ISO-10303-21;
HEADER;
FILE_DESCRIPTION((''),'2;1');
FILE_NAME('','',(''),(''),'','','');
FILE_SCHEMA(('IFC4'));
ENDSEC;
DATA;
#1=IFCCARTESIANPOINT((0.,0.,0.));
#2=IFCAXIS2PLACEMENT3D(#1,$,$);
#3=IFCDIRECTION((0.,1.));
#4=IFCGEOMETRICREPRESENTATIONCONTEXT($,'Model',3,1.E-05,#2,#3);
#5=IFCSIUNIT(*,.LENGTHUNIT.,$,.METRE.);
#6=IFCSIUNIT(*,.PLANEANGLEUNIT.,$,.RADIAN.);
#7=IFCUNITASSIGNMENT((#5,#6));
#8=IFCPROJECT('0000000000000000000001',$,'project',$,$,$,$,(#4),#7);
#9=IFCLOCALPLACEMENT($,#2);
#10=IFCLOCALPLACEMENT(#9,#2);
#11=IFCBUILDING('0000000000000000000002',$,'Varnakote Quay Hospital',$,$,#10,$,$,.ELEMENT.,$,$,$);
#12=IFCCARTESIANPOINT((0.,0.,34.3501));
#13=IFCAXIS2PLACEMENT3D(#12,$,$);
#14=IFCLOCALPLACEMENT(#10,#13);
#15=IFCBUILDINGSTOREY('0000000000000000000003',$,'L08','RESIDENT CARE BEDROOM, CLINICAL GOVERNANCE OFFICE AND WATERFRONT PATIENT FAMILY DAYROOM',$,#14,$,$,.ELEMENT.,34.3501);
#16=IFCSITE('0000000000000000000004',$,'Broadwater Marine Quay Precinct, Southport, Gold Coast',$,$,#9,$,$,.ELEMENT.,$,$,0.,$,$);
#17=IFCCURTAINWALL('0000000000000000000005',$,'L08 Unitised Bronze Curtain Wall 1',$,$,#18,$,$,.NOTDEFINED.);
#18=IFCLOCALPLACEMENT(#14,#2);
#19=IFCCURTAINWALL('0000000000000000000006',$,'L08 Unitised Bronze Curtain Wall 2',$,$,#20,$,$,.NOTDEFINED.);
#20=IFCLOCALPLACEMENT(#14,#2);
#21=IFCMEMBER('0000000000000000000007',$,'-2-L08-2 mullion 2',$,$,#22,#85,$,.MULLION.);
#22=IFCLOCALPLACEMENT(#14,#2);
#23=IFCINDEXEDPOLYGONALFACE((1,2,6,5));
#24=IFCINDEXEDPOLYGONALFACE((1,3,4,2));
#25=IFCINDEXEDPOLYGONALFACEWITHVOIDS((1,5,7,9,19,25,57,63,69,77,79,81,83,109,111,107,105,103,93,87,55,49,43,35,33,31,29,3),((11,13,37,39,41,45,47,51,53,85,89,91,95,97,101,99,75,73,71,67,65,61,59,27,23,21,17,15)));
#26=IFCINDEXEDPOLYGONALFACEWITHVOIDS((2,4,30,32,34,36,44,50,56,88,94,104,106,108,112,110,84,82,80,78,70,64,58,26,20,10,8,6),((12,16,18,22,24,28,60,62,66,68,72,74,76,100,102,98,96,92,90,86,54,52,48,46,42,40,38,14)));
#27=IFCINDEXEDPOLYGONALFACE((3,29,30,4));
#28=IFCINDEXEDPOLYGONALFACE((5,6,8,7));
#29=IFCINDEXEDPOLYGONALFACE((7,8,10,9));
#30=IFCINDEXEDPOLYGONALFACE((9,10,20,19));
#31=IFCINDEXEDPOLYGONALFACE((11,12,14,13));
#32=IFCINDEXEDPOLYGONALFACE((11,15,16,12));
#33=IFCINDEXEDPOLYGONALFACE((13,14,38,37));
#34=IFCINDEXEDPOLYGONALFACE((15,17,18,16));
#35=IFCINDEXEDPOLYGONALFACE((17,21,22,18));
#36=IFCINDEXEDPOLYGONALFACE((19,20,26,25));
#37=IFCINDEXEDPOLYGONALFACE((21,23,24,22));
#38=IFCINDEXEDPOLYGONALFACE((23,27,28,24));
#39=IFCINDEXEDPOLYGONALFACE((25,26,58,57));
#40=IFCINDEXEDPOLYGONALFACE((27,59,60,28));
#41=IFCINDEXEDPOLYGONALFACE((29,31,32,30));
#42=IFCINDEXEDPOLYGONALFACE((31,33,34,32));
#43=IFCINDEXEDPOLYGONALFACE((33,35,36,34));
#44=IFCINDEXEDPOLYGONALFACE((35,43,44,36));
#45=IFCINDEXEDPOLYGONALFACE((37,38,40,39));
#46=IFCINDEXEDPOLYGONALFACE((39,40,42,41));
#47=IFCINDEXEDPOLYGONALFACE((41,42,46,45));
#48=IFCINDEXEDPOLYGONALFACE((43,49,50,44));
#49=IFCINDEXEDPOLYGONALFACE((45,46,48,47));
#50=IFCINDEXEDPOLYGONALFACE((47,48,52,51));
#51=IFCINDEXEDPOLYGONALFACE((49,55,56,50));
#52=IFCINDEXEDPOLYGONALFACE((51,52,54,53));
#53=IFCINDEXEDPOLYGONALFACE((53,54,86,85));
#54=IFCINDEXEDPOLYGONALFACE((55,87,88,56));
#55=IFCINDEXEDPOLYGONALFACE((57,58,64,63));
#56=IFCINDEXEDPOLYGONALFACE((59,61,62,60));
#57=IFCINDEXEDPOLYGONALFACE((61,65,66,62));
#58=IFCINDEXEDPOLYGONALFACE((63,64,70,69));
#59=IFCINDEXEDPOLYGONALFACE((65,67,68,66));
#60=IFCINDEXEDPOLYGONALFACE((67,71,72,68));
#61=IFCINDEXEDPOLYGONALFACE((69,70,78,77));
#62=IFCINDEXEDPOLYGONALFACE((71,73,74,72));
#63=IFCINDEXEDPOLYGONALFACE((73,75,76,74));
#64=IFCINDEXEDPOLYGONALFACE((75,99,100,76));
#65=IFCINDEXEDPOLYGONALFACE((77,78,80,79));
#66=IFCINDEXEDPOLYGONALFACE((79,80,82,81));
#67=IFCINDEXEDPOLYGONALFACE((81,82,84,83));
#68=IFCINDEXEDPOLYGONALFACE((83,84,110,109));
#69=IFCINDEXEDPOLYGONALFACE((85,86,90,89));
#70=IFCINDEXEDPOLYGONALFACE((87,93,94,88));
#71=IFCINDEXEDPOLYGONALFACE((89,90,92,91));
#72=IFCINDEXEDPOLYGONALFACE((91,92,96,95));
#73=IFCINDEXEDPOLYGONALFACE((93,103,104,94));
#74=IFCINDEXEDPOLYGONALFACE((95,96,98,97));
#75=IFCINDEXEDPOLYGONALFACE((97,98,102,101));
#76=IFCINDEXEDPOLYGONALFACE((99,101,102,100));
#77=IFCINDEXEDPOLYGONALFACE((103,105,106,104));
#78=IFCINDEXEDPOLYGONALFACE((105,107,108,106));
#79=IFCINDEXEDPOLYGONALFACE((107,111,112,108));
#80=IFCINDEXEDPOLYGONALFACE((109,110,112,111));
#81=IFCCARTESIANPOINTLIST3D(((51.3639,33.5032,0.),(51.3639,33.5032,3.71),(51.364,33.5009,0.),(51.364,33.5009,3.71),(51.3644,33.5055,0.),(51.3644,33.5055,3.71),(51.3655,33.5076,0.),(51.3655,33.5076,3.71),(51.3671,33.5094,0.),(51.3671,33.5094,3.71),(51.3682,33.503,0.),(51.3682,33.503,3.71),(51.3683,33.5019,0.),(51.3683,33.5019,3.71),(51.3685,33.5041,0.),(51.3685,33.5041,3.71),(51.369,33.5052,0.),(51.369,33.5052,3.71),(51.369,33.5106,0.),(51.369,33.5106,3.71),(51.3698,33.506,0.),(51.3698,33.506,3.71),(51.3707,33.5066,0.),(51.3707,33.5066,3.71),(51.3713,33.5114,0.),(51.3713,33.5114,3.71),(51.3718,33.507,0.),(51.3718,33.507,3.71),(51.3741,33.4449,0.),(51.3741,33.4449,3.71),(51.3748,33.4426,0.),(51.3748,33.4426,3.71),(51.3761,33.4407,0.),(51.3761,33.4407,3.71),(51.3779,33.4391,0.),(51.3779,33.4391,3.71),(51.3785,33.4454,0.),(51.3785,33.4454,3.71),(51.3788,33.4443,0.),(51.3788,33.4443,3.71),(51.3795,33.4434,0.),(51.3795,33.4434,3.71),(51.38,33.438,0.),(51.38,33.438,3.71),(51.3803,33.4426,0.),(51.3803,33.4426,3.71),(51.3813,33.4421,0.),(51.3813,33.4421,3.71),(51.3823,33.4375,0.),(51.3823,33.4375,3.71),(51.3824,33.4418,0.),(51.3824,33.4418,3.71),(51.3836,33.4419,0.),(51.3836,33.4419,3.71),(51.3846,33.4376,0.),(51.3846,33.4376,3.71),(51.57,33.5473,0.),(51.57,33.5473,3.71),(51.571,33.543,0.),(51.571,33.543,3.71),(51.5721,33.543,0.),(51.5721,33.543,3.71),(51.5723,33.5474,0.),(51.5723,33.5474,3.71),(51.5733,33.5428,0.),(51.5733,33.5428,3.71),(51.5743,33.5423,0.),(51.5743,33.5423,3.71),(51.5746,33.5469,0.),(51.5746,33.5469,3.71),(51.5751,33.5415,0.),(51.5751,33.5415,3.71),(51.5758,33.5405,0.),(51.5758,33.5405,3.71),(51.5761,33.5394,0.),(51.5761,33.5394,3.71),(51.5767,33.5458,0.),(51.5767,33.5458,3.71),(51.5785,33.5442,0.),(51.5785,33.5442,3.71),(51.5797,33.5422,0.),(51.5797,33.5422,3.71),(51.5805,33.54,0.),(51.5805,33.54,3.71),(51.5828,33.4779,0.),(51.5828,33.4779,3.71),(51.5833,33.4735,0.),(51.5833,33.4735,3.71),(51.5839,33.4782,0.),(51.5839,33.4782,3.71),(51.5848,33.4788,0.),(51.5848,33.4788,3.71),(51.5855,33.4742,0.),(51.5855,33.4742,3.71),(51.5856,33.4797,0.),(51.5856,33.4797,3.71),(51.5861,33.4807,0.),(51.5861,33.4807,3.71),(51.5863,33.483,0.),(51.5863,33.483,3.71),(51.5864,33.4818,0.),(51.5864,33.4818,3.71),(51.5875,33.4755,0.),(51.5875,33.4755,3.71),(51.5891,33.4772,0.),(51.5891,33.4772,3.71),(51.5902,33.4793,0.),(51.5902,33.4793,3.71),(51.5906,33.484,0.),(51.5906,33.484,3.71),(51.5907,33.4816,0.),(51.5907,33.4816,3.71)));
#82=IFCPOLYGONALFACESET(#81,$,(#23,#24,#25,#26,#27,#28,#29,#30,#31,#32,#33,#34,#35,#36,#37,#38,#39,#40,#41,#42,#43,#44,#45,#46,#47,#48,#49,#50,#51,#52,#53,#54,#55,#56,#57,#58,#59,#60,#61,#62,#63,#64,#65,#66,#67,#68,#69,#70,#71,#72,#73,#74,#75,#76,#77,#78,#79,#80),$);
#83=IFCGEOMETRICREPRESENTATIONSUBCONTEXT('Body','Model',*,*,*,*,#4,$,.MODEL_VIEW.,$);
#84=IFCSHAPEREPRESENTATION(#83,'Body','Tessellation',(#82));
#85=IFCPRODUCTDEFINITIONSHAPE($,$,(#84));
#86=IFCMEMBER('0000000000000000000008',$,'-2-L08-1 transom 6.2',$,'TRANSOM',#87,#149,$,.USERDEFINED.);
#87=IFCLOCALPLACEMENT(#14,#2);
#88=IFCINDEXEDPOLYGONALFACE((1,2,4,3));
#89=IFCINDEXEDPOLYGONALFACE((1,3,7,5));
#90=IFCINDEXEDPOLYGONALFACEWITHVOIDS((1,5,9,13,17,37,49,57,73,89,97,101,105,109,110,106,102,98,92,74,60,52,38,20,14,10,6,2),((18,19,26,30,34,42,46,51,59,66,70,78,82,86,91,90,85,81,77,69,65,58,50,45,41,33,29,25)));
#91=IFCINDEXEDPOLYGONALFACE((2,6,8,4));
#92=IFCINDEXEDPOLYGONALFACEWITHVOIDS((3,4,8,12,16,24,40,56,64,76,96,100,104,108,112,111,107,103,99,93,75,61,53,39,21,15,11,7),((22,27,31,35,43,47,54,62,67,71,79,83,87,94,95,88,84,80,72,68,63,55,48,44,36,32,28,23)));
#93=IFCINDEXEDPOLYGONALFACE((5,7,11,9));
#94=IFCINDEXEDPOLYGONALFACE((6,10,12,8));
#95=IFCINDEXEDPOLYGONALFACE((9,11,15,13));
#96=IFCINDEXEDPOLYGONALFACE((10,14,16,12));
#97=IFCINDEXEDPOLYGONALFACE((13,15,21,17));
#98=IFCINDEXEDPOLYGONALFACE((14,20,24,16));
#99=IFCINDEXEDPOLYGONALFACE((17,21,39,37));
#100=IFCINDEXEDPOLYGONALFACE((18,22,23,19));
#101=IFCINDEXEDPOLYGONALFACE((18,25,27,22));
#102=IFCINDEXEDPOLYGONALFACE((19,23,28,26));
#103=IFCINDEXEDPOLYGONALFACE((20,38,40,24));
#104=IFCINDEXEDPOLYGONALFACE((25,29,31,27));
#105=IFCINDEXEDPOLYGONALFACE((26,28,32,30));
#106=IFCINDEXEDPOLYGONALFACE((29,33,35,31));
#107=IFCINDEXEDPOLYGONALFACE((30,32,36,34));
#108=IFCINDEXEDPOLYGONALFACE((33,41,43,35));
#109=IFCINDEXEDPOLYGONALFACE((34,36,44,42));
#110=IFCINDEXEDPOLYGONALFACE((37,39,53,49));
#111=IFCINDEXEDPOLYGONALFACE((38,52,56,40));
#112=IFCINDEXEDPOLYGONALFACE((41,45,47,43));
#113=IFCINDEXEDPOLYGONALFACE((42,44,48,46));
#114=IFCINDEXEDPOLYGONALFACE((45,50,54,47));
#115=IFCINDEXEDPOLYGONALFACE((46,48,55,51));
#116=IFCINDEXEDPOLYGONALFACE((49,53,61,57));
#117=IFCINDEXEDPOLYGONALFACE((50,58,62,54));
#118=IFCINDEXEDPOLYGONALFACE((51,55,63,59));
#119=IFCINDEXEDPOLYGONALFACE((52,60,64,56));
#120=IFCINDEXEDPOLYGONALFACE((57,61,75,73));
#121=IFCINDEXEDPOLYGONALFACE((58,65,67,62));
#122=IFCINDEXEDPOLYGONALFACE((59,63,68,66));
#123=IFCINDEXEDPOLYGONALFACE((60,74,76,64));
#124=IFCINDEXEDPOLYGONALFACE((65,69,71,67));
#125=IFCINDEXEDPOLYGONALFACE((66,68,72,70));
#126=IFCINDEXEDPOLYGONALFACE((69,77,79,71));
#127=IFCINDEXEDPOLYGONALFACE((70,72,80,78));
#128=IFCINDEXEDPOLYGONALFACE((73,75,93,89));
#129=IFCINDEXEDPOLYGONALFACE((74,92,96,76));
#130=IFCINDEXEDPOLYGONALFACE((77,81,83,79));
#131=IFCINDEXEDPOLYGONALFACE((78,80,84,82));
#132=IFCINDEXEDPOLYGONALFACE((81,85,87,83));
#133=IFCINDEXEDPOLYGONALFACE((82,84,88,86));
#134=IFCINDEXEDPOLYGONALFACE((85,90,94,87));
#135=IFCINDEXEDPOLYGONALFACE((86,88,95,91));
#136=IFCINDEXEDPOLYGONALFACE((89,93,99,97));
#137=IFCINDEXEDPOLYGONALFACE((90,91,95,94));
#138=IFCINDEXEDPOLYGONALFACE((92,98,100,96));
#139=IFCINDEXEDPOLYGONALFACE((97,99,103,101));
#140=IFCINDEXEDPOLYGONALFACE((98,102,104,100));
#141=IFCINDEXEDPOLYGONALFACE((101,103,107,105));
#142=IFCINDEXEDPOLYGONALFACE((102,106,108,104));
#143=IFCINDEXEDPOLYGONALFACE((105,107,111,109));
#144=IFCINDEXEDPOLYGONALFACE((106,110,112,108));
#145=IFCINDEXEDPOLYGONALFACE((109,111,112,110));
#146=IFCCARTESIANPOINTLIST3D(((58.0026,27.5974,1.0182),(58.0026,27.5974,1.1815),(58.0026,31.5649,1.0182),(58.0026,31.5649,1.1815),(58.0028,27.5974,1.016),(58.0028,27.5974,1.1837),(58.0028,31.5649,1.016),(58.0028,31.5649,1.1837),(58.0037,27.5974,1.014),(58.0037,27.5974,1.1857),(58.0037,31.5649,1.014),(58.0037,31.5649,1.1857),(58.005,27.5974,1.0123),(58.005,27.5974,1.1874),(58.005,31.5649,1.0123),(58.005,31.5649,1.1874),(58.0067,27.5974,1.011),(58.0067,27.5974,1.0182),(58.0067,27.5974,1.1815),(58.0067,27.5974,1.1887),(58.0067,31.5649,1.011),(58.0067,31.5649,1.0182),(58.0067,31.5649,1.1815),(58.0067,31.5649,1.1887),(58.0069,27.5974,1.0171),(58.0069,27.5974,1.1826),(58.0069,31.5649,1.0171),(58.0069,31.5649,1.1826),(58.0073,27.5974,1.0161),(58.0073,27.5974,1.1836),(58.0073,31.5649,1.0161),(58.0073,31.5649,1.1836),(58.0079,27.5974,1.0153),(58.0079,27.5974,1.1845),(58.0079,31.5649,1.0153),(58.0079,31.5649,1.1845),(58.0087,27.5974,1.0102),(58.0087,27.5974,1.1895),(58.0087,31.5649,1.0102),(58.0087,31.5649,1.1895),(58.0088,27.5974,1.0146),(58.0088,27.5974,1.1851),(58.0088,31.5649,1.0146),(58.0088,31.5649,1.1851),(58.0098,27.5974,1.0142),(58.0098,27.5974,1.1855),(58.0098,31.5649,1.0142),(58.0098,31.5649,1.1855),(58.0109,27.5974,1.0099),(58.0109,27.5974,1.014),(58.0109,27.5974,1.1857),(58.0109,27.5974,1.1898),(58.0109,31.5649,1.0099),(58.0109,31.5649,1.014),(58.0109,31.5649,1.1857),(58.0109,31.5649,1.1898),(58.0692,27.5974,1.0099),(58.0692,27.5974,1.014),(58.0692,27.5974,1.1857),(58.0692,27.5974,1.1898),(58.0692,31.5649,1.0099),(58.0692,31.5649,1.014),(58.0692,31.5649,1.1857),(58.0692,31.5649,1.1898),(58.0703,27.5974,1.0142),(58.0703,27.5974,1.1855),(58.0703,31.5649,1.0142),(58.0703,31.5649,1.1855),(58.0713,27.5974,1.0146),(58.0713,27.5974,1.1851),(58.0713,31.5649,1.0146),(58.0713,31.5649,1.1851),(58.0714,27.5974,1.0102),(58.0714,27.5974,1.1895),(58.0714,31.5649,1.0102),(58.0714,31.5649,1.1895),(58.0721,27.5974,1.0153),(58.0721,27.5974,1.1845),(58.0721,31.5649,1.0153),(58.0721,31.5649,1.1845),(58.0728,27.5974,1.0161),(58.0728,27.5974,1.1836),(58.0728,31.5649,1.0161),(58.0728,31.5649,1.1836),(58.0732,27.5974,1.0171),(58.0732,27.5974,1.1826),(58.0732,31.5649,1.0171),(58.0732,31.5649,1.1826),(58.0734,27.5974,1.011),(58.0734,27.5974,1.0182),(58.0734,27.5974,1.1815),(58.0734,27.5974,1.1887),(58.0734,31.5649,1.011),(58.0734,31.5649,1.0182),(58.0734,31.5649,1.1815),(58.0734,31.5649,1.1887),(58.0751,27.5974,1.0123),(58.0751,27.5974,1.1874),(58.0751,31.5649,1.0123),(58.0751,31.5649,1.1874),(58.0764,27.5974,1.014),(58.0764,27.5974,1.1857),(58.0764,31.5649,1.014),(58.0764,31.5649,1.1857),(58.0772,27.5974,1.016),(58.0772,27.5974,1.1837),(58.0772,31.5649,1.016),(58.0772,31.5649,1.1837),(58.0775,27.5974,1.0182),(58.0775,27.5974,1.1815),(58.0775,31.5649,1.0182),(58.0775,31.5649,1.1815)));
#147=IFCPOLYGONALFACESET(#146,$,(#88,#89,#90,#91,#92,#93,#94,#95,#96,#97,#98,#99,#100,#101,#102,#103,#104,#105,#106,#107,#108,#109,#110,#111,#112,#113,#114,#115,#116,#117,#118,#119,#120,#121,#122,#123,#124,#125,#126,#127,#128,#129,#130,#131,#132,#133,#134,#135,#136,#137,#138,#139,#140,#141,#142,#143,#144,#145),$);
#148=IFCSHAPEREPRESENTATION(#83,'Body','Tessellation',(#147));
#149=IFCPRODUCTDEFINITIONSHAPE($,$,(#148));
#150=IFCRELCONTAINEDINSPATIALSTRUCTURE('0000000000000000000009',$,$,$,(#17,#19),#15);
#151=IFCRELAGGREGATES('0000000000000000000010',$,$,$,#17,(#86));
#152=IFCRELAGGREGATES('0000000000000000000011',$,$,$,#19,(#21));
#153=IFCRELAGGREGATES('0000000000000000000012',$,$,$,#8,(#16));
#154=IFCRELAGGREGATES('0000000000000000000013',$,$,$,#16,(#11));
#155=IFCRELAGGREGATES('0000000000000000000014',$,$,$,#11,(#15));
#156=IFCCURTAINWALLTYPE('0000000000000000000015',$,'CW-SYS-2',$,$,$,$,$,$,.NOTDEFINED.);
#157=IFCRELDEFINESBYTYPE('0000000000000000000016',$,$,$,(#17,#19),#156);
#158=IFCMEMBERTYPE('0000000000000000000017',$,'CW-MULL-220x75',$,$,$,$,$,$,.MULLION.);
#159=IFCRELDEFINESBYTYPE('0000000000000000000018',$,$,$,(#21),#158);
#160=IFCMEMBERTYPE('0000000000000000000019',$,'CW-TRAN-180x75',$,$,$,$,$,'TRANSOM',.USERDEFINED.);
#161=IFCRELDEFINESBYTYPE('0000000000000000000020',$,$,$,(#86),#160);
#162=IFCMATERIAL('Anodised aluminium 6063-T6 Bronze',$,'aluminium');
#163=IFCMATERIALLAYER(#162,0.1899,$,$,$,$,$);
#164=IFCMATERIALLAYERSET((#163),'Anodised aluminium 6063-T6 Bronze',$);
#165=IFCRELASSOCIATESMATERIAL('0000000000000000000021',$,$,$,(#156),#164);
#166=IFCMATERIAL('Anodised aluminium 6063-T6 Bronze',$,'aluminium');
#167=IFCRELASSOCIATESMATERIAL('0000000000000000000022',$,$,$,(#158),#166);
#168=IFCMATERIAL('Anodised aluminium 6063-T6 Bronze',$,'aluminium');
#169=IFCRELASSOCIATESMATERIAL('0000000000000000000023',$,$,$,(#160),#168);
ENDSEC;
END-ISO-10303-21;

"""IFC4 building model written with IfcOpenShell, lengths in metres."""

from ifc_helpers import new_model, si_unit, direction, frame, origin, origin_2d, place, context, subcontext, project, spatial, hollow_rectangle, extrude, material, layer, layer_set, material_profile, profile_set, type_object, element, aggregate, save


model = new_model("IFC4")

# Units and contexts
model_context = context("Model", 3, precision=1e-05, world=origin(), true_north=direction((0.0, 1.0)))
body_context = subcontext(model_context, "Body", "Model", "MODEL_VIEW")
ifc_project = project(units=[si_unit("LENGTHUNIT", "METRE"), si_unit("PLANEANGLEUNIT", "RADIAN")], contexts=[model_context])

# Site, building, storey
site_placement = place(None, origin())
site = spatial("IfcSite", under=ifc_project, at=site_placement, Name="Broadwater Marine Quay Precinct, Southport, Gold Coast", CompositionType="ELEMENT", RefElevation=0.0)
building_placement = place(site_placement, origin())
building = spatial("IfcBuilding", under=site, at=building_placement, Name="Varnakote Quay Hospital", CompositionType="ELEMENT")
storey_placement = place(building_placement, frame((0.0, 0.0, 34.3501)))
storey = spatial("IfcBuildingStorey", under=building, at=storey_placement, Name="L08", Description="RESIDENT CARE BEDROOM, CLINICAL GOVERNANCE OFFICE AND WATERFRONT PATIENT FAMILY DAYROOM", CompositionType="ELEMENT", Elevation=34.3501)

# Curtain wall
ifc_material_1 = material(Name="Anodised aluminium 6063-T6 Bronze", Category="aluminium")
ifc_layer_1 = layer(ifc_material_1, 0.1899)
ifc_layer_set_1 = layer_set([ifc_layer_1], Name="Anodised aluminium 6063-T6 Bronze")
curtain_wall_type = type_object("IfcCurtainWallType", Name="CW-SYS-2", PredefinedType="NOTDEFINED", material=ifc_layer_set_1)
curtain_wall_1_placement = place(storey_placement, origin())
curtain_wall_1 = element("IfcCurtainWall", 1, at=curtain_wall_1_placement, inside=storey, type_object=curtain_wall_type, Name="L08 Unitised Bronze Curtain Wall 1", PredefinedType="NOTDEFINED")
ifc_material_2 = material(Name="Anodised aluminium 6063-T6 Bronze", Category="aluminium")
ifc_material_profile_1 = material_profile(ifc_material_2, hollow_rectangle(XDim=0.075, YDim=0.22, WallThickness=0.0044, InnerFilletRadius=0.0044, OuterFilletRadius=0.009, at=origin_2d()), Name="CW-MULL-220x75")
ifc_profile_set_1 = profile_set([ifc_material_profile_1], Name="Anodised aluminium 6063-T6 Bronze")
member_type_1 = type_object("IfcMemberType", Name="CW-MULL-220x75", PredefinedType="MULLION", material=ifc_profile_set_1)

# Curtain wall, member
curtain_wall_2_placement = place(storey_placement, origin())
curtain_wall_2 = element("IfcCurtainWall", 2, at=curtain_wall_2_placement, inside=storey, type_object=curtain_wall_type, Name="L08 Unitised Bronze Curtain Wall 2", PredefinedType="NOTDEFINED")
member_1_placement = place(storey_placement, frame((51.4773, 33.4924, 0.0), z_axis=(0.0, 0.0, 1.0), x_axis=(0.177846, -0.984058, 0.0)))
member_1 = element("IfcMember", 3, at=member_1_placement, type_object=member_type_1, Name="-2-L08-2 mullion 2", PredefinedType="MULLION", context=body_context, shape_type="SweptSolid", body=[
    extrude(hollow_rectangle(XDim=0.075, YDim=0.22, WallThickness=0.0044, InnerFilletRadius=0.0044, OuterFilletRadius=0.009, at=origin_2d()), origin(), (0.0, 0.0, 1.0), 3.71),
])

# Member
ifc_material_3 = material(Name="Anodised aluminium 6063-T6 Bronze", Category="aluminium")
ifc_material_profile_2 = material_profile(ifc_material_3, hollow_rectangle(XDim=0.075, YDim=0.1799, WallThickness=0.0042, InnerFilletRadius=0.0042, OuterFilletRadius=0.0083, at=origin_2d()), Name="CW-TRAN-180x75")
ifc_profile_set_2 = profile_set([ifc_material_profile_2], Name="Anodised aluminium 6063-T6 Bronze")
member_type_2 = type_object("IfcMemberType", Name="CW-TRAN-180x75", ElementType="TRANSOM", PredefinedType="USERDEFINED", material=ifc_profile_set_2)
member_2_placement = place(storey_placement, frame((58.04, 27.5974, 1.0999), z_axis=(0.0, 1.0, 0.0), x_axis=(-1.0, 0.0, 0.0)))
member_2 = element("IfcMember", 4, at=member_2_placement, type_object=member_type_2, Name="-2-L08-1 transom 6.2", ObjectType="TRANSOM", PredefinedType="USERDEFINED", context=body_context, shape_type="SweptSolid", body=[
    extrude(hollow_rectangle(XDim=0.075, YDim=0.1799, WallThickness=0.0042, InnerFilletRadius=0.0042, OuterFilletRadius=0.0083, at=origin_2d()), origin(), (0.0, 0.0, 1.0), 3.9675),
])

aggregate(curtain_wall_1, [member_2])
aggregate(curtain_wall_2, [member_1])

save(model, "model.ifc")
